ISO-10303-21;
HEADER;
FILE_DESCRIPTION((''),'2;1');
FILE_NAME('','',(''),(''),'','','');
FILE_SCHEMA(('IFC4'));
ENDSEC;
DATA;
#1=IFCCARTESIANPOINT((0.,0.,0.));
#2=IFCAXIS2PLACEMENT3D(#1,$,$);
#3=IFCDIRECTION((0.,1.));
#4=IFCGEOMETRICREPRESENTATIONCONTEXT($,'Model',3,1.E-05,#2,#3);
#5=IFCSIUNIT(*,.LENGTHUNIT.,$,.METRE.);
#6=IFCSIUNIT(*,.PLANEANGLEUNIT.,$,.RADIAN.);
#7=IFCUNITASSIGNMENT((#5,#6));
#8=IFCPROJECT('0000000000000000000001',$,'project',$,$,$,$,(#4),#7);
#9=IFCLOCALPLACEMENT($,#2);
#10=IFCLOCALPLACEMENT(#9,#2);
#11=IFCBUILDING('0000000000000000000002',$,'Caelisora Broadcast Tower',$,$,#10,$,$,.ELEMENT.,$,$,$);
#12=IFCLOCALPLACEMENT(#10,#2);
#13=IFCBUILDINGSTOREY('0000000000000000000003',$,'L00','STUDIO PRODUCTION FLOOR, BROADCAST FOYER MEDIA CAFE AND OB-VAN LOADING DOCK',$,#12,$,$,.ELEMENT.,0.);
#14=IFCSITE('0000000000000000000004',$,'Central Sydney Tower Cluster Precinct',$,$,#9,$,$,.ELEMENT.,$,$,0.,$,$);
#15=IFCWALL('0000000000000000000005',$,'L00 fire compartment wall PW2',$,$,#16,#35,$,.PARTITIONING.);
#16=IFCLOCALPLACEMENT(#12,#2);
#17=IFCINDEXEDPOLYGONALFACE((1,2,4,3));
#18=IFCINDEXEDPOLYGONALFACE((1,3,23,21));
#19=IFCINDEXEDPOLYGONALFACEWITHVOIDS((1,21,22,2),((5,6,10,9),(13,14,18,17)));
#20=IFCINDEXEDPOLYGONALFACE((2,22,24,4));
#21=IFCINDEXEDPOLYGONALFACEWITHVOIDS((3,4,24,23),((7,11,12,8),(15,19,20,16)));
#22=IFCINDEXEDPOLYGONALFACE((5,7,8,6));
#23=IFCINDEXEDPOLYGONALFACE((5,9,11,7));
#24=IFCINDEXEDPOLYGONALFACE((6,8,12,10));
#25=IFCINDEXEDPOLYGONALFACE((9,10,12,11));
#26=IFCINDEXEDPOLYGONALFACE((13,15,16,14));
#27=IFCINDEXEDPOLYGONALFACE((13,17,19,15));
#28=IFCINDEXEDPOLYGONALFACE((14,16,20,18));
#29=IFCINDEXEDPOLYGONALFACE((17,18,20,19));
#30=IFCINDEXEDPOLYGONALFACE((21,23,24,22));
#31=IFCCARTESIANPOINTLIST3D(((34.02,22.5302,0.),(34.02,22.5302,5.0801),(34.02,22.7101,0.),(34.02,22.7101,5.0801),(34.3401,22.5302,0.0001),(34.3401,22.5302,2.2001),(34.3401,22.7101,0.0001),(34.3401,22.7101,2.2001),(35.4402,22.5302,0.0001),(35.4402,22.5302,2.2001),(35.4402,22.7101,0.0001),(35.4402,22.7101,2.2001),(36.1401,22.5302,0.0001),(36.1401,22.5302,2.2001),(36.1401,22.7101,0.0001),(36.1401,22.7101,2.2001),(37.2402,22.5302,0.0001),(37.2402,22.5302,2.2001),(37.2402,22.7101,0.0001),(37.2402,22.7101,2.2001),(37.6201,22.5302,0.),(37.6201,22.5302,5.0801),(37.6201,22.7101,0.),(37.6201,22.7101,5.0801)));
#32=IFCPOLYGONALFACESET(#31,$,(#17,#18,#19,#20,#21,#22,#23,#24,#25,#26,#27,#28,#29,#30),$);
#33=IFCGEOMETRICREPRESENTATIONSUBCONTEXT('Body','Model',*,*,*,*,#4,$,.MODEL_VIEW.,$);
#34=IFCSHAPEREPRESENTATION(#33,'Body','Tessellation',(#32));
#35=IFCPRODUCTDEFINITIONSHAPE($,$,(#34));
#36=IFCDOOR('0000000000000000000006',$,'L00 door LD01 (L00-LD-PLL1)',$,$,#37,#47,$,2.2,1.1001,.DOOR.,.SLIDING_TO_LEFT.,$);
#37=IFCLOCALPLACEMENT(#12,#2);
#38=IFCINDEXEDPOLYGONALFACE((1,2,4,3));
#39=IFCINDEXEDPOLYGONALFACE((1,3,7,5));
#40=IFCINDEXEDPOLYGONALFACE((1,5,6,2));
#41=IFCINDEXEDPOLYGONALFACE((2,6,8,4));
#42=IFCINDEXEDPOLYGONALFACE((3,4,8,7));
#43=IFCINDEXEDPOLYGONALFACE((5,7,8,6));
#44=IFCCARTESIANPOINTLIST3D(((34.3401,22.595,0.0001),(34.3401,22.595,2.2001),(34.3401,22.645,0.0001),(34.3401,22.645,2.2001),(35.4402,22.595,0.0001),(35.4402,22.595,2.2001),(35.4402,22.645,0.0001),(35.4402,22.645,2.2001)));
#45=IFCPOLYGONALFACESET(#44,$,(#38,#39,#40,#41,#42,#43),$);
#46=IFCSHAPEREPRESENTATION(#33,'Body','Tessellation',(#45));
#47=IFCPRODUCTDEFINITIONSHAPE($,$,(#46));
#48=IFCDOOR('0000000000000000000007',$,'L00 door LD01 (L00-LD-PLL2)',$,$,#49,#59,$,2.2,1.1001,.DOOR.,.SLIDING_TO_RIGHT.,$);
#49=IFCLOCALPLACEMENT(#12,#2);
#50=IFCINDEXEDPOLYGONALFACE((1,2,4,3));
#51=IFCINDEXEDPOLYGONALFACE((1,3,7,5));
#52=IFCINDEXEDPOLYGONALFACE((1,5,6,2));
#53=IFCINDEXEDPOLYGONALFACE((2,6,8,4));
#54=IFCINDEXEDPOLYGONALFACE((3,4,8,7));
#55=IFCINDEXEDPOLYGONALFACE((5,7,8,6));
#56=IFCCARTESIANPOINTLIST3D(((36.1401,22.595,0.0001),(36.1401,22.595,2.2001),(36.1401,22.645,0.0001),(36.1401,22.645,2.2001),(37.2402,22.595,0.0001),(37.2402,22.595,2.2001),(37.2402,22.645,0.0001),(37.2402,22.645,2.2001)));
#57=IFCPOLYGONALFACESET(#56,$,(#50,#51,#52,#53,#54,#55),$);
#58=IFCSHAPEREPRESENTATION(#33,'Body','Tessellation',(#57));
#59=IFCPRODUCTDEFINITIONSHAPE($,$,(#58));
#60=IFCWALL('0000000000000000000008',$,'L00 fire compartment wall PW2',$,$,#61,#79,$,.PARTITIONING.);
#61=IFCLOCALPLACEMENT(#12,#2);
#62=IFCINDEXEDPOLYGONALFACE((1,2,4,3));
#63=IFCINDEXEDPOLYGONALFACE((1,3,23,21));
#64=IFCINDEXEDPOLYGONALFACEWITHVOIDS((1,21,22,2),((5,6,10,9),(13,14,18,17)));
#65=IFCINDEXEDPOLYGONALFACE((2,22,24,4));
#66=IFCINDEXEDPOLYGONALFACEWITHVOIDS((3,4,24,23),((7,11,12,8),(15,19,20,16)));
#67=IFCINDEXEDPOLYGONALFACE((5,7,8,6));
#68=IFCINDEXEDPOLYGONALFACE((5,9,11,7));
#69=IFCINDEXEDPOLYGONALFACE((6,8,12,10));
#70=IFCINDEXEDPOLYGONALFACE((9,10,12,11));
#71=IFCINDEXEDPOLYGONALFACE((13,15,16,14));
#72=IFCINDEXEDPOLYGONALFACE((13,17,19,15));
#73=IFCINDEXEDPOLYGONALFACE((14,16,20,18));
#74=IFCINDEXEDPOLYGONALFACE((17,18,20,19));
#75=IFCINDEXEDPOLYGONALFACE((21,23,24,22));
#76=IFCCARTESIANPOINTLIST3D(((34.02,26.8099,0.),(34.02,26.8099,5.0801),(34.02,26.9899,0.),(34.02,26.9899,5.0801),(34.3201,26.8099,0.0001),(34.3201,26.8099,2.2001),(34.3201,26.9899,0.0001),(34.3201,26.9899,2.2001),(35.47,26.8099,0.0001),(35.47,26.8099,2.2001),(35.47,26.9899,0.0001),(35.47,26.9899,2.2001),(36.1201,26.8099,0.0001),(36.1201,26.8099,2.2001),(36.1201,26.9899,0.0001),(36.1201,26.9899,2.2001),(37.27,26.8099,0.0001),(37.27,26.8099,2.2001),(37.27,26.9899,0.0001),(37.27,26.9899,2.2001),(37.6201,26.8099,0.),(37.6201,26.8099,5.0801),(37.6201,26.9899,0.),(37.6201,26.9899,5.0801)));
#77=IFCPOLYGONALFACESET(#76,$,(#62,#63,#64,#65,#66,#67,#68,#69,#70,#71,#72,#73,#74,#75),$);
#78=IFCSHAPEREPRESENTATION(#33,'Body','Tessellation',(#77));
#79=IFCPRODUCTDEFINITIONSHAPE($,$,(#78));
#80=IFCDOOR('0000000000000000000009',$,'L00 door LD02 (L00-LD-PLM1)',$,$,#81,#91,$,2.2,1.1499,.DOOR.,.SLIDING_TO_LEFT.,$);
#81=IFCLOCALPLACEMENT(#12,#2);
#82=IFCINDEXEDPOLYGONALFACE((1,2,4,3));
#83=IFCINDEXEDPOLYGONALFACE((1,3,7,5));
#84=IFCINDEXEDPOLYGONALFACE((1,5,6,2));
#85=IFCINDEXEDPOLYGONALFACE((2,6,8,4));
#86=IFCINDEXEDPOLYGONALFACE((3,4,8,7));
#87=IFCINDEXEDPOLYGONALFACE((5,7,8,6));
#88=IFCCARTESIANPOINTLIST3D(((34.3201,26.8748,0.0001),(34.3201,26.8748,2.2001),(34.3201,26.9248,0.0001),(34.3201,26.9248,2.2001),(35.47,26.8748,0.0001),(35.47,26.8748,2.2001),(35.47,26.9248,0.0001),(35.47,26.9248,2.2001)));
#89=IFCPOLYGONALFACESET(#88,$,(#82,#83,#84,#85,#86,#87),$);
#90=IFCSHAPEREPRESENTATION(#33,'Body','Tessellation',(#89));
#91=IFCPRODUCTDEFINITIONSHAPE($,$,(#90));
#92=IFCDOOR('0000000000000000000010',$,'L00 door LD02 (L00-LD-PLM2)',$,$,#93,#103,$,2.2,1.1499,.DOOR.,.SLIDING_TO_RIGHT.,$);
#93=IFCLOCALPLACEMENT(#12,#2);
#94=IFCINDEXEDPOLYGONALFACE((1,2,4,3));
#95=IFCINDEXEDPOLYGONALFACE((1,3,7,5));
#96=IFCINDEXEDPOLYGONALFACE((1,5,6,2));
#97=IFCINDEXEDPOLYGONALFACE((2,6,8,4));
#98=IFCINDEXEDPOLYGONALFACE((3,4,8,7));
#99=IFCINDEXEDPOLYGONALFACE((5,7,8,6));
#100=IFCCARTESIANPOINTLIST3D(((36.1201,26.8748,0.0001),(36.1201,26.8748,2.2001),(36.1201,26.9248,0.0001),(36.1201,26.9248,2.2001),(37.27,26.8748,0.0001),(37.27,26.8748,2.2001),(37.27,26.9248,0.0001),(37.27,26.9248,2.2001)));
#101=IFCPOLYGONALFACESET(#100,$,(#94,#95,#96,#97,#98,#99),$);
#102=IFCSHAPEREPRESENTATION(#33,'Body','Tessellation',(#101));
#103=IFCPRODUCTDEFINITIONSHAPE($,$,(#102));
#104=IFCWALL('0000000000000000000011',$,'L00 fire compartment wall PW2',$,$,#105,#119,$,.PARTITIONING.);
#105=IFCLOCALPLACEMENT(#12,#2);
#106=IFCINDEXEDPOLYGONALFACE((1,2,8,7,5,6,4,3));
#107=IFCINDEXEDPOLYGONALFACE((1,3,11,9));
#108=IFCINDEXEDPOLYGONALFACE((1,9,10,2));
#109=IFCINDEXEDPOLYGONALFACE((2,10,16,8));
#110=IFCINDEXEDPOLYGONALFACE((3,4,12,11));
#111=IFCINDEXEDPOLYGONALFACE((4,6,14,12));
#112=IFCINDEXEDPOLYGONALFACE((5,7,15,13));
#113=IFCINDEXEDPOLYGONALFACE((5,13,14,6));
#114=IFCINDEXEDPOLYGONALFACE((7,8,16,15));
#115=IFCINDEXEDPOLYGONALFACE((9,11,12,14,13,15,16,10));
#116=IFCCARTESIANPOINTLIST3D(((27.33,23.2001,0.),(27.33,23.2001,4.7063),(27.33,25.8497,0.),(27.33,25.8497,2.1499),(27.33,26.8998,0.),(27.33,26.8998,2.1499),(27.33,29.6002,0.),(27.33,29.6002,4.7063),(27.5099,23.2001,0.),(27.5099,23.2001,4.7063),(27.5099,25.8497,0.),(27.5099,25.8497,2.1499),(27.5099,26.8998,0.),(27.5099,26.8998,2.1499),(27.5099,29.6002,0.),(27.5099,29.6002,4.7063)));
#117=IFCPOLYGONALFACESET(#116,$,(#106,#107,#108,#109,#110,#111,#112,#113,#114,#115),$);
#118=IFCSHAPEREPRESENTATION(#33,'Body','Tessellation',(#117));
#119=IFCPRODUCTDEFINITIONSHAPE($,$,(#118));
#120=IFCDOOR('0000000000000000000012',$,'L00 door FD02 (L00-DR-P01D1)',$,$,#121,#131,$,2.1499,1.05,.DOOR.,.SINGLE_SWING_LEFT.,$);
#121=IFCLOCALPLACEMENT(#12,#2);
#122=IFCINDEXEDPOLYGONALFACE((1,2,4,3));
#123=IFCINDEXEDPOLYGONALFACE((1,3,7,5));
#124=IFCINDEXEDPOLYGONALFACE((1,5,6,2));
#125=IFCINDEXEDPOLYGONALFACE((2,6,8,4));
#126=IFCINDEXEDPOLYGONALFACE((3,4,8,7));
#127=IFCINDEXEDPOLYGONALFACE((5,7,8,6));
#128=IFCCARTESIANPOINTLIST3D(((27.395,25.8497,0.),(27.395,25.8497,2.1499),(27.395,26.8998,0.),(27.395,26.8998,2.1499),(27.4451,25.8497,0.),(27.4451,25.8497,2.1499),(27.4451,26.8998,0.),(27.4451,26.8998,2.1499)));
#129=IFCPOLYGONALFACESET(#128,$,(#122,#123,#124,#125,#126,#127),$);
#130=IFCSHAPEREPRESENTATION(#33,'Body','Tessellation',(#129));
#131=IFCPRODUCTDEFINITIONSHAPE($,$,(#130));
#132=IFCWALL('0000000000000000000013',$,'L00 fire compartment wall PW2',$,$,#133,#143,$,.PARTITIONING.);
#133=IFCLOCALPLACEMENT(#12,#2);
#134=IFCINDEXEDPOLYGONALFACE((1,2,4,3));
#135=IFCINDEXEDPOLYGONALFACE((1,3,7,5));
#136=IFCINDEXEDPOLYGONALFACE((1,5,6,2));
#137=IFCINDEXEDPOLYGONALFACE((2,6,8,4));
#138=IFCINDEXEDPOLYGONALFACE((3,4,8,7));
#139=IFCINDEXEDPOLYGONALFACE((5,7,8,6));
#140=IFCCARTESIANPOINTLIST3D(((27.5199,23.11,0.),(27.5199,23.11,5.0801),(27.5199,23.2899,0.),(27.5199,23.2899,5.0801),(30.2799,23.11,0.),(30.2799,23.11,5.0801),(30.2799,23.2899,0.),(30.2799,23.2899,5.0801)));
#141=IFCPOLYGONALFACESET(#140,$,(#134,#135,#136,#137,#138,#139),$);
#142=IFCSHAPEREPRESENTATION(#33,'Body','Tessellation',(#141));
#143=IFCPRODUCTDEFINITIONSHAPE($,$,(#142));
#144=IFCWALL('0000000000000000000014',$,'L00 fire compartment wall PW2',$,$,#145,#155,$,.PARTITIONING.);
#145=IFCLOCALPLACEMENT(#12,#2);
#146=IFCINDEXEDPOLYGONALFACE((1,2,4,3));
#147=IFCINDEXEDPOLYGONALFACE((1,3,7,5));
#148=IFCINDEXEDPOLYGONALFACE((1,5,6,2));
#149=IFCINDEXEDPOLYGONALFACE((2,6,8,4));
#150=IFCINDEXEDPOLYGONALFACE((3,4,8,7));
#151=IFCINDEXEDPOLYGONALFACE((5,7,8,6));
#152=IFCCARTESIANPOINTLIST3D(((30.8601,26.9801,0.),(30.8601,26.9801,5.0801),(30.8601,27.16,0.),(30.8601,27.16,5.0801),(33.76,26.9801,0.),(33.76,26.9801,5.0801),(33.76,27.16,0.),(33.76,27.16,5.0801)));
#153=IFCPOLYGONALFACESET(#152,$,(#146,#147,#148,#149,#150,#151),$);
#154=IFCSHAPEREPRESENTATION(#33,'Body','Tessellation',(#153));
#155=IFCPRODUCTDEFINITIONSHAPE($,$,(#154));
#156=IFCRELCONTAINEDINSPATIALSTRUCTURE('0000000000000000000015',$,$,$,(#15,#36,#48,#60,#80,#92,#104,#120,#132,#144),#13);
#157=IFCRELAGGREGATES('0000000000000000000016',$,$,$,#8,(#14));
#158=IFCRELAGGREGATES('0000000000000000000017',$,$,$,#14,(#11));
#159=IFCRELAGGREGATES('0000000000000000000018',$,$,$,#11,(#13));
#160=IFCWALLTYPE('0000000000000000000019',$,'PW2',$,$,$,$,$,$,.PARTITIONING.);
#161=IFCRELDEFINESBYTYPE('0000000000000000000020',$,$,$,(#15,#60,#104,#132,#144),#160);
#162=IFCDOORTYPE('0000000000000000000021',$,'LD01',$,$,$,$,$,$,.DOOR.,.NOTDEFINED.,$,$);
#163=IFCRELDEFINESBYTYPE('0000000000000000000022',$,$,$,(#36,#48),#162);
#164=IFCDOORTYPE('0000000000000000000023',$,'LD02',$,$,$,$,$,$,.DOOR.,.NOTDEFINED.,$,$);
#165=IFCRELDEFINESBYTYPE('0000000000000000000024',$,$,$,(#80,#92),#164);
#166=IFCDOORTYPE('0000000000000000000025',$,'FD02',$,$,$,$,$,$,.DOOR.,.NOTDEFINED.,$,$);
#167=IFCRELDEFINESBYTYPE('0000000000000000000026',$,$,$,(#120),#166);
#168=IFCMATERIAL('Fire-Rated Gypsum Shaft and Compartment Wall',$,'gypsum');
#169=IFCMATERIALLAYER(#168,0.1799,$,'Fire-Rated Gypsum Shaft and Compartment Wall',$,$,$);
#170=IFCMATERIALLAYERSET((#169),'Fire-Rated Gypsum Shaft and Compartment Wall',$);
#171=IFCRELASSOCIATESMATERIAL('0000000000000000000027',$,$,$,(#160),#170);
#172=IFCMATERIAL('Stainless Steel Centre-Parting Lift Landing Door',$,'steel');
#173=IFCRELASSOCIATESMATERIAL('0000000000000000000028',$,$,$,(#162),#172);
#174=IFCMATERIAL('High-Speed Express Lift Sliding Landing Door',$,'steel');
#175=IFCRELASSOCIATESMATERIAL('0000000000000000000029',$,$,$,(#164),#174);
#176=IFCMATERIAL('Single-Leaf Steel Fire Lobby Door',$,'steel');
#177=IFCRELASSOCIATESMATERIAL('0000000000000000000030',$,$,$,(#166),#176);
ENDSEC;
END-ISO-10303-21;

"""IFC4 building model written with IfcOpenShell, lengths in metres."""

from ifc_helpers import new_model, si_unit, direction, frame, frame_2d, origin, place, context, subcontext, project, spatial, rectangle, extrude, material, layer, layer_set, type_object, element, fill, save


model = new_model("IFC4")

# Units and contexts
model_context = context("Model", 3, precision=1e-05, world=origin(), true_north=direction((0.0, 1.0)))
body_context = subcontext(model_context, "Body", "Model", "MODEL_VIEW")
ifc_project = project(units=[si_unit("LENGTHUNIT", "METRE"), si_unit("PLANEANGLEUNIT", "RADIAN")], contexts=[model_context])

# Site, building, storey
site_placement = place(None, origin())
site = spatial("IfcSite", under=ifc_project, at=site_placement, Name="Central Sydney Tower Cluster Precinct", CompositionType="ELEMENT", RefElevation=0.0)
building_placement = place(site_placement, origin())
building = spatial("IfcBuilding", under=site, at=building_placement, Name="Caelisora Broadcast Tower", CompositionType="ELEMENT")
storey_placement = place(building_placement, origin())
storey = spatial("IfcBuildingStorey", under=building, at=storey_placement, Name="L00", Description="STUDIO PRODUCTION FLOOR, BROADCAST FOYER MEDIA CAFE AND OB-VAN LOADING DOCK", CompositionType="ELEMENT", Elevation=0.0)

# Walls, openings, doors
ifc_material_1 = material(Name="Fire-Rated Gypsum Shaft and Compartment Wall", Category="gypsum")
ifc_layer_1 = layer(ifc_material_1, 0.1799, Name="Fire-Rated Gypsum Shaft and Compartment Wall")
ifc_layer_set_1 = layer_set([ifc_layer_1], Name="Fire-Rated Gypsum Shaft and Compartment Wall")
wall_type_1 = type_object("IfcWallType", Name="PW2", PredefinedType="PARTITIONING", material=ifc_layer_set_1)
wall_1_placement = place(storey_placement, frame((34.02, 22.6201, 0.0), z_axis=(0.0, 0.0, 1.0), x_axis=(1.0, 0.0, 0.0)))
wall_1 = element("IfcWall", 1, at=wall_1_placement, inside=storey, type_object=wall_type_1, Name="L00 fire compartment wall PW2", PredefinedType="PARTITIONING", context=body_context, shape_type="SweptSolid", body=[
    extrude(rectangle(XDim=3.6001, YDim=0.1799, at=frame_2d((1.8, 0.0))), origin(), (0.0, 0.0, 1.0), 5.0801),
])
opening_1_placement = place(wall_1_placement, frame((0.3201, 0.0, 0.0)))
opening_1 = element("IfcOpeningElement", 2, at=opening_1_placement, cuts=wall_1, PredefinedType="OPENING", context=body_context, shape_type="SweptSolid", body=[
    extrude(rectangle(XDim=1.1001, YDim=2.2, at=frame_2d((0.55, 1.1001))), frame((0.0, 0.1021, 0.0), z_axis=(0.0, -1.0, 0.0), x_axis=(1.0, 0.0, 0.0)), (0.0, 0.0, 1.0), 0.2039),
])
opening_2_placement = place(wall_1_placement, frame((2.1201, 0.0, 0.0)))
opening_2 = element("IfcOpeningElement", 3, at=opening_2_placement, cuts=wall_1, PredefinedType="OPENING", context=body_context, shape_type="SweptSolid", body=[
    extrude(rectangle(XDim=1.1001, YDim=2.2, at=frame_2d((0.55, 1.1001))), frame((0.0, 0.1021, 0.0), z_axis=(0.0, -1.0, 0.0), x_axis=(1.0, 0.0, 0.0)), (0.0, 0.0, 1.0), 0.2039),
])
ifc_material_2 = material(Name="Stainless Steel Centre-Parting Lift Landing Door", Category="steel")
door_type_1 = type_object("IfcDoorType", Name="LD01", OperationType="NOTDEFINED", PredefinedType="DOOR", material=ifc_material_2)
door_1_placement = place(opening_1_placement, origin())
door_1 = element("IfcDoor", 4, at=door_1_placement, inside=storey, type_object=door_type_1, Name="L00 door LD01 (L00-LD-PLL1)", OperationType="SLIDING_TO_LEFT", OverallHeight=2.2, OverallWidth=1.1001, PredefinedType="DOOR", context=body_context, shape_type="SweptSolid", body=[
    extrude(rectangle(XDim=1.1001, YDim=2.2, at=frame_2d((0.55, 1.1001))), frame((0.0, 0.0249, 0.0), z_axis=(0.0, -1.0, 0.0), x_axis=(1.0, 0.0, 0.0)), (0.0, 0.0, 1.0), 0.05),
])
fill(opening_1, door_1)
door_2_placement = place(opening_2_placement, origin())
door_2 = element("IfcDoor", 5, at=door_2_placement, inside=storey, type_object=door_type_1, Name="L00 door LD01 (L00-LD-PLL2)", OperationType="SLIDING_TO_RIGHT", OverallHeight=2.2, OverallWidth=1.1001, PredefinedType="DOOR", context=body_context, shape_type="SweptSolid", body=[
    extrude(rectangle(XDim=1.1001, YDim=2.2, at=frame_2d((0.55, 1.1001))), frame((0.0, 0.0249, 0.0), z_axis=(0.0, -1.0, 0.0), x_axis=(1.0, 0.0, 0.0)), (0.0, 0.0, 1.0), 0.05),
])
fill(opening_2, door_2)
wall_2_placement = place(storey_placement, frame((34.02, 26.8999, 0.0), z_axis=(0.0, 0.0, 1.0), x_axis=(1.0, 0.0, 0.0)))
wall_2 = element("IfcWall", 6, at=wall_2_placement, inside=storey, type_object=wall_type_1, Name="L00 fire compartment wall PW2", PredefinedType="PARTITIONING", context=body_context, shape_type="SweptSolid", body=[
    extrude(rectangle(XDim=3.6001, YDim=0.1799, at=frame_2d((1.8, 0.0))), origin(), (0.0, 0.0, 1.0), 5.0801),
])
opening_3_placement = place(wall_2_placement, frame((0.3, 0.0, 0.0)))
opening_3 = element("IfcOpeningElement", 7, at=opening_3_placement, cuts=wall_2, PredefinedType="OPENING", context=body_context, shape_type="SweptSolid", body=[
    extrude(rectangle(XDim=1.1499, YDim=2.2, at=frame_2d((0.575, 1.1001))), frame((0.0, 0.1021, 0.0), z_axis=(0.0, -1.0, 0.0), x_axis=(1.0, 0.0, 0.0)), (0.0, 0.0, 1.0), 0.2039),
])
opening_4_placement = place(wall_2_placement, frame((2.1001, 0.0, 0.0)))
opening_4 = element("IfcOpeningElement", 8, at=opening_4_placement, cuts=wall_2, PredefinedType="OPENING", context=body_context, shape_type="SweptSolid", body=[
    extrude(rectangle(XDim=1.1499, YDim=2.2, at=frame_2d((0.575, 1.1001))), frame((0.0, 0.1021, 0.0), z_axis=(0.0, -1.0, 0.0), x_axis=(1.0, 0.0, 0.0)), (0.0, 0.0, 1.0), 0.2039),
])
ifc_material_3 = material(Name="High-Speed Express Lift Sliding Landing Door", Category="steel")
door_type_2 = type_object("IfcDoorType", Name="LD02", OperationType="NOTDEFINED", PredefinedType="DOOR", material=ifc_material_3)
door_3_placement = place(opening_3_placement, origin())
door_3 = element("IfcDoor", 9, at=door_3_placement, inside=storey, type_object=door_type_2, Name="L00 door LD02 (L00-LD-PLM1)", OperationType="SLIDING_TO_LEFT", OverallHeight=2.2, OverallWidth=1.1499, PredefinedType="DOOR", context=body_context, shape_type="SweptSolid", body=[
    extrude(rectangle(XDim=1.1499, YDim=2.2, at=frame_2d((0.575, 1.1001))), frame((0.0, 0.0249, 0.0), z_axis=(0.0, -1.0, 0.0), x_axis=(1.0, 0.0, 0.0)), (0.0, 0.0, 1.0), 0.05),
])
fill(opening_3, door_3)
door_4_placement = place(opening_4_placement, origin())
door_4 = element("IfcDoor", 10, at=door_4_placement, inside=storey, type_object=door_type_2, Name="L00 door LD02 (L00-LD-PLM2)", OperationType="SLIDING_TO_RIGHT", OverallHeight=2.2, OverallWidth=1.1499, PredefinedType="DOOR", context=body_context, shape_type="SweptSolid", body=[
    extrude(rectangle(XDim=1.1499, YDim=2.2, at=frame_2d((0.575, 1.1001))), frame((0.0, 0.0249, 0.0), z_axis=(0.0, -1.0, 0.0), x_axis=(1.0, 0.0, 0.0)), (0.0, 0.0, 1.0), 0.05),
])
fill(opening_4, door_4)

# Wall, opening, door
wall_3_placement = place(storey_placement, frame((27.4199, 23.2, 0.0), z_axis=(0.0, 0.0, 1.0), x_axis=(0.0, 1.0, 0.0)))
wall_3 = element("IfcWall", 11, at=wall_3_placement, inside=storey, type_object=wall_type_1, Name="L00 fire compartment wall PW2", PredefinedType="PARTITIONING", context=body_context, shape_type="SweptSolid", body=[
    extrude(rectangle(XDim=6.4001, YDim=0.1799, at=frame_2d((3.2002, 0.0))), origin(), (0.0, 0.0, 1.0), 4.7063),
])
opening_5_placement = place(wall_3_placement, frame((2.6499, 0.0, 0.0)))
opening_5 = element("IfcOpeningElement", 12, at=opening_5_placement, cuts=wall_3, PredefinedType="OPENING", context=body_context, shape_type="SweptSolid", body=[
    extrude(rectangle(XDim=1.05, YDim=2.1499, at=frame_2d((0.5249, 1.075))), frame((0.0, 0.1021, 0.0), z_axis=(0.0, -1.0, 0.0), x_axis=(1.0, 0.0, 0.0)), (0.0, 0.0, 1.0), 0.2039),
])
ifc_material_4 = material(Name="Single-Leaf Steel Fire Lobby Door", Category="steel")
door_type_3 = type_object("IfcDoorType", Name="FD02", OperationType="NOTDEFINED", PredefinedType="DOOR", material=ifc_material_4)
door_5_placement = place(opening_5_placement, origin())
door_5 = element("IfcDoor", 13, at=door_5_placement, inside=storey, type_object=door_type_3, Name="L00 door FD02 (L00-DR-P01D1)", OperationType="SINGLE_SWING_LEFT", OverallHeight=2.1499, OverallWidth=1.05, PredefinedType="DOOR", context=body_context, shape_type="SweptSolid", body=[
    extrude(rectangle(XDim=1.05, YDim=2.1499, at=frame_2d((0.5249, 1.075))), frame((0.0, 0.0249, 0.0), z_axis=(0.0, -1.0, 0.0), x_axis=(1.0, 0.0, 0.0)), (0.0, 0.0, 1.0), 0.05),
])
fill(opening_5, door_5)

# Walls
wall_4_placement = place(storey_placement, frame((27.52, 23.2, 0.0), z_axis=(0.0, 0.0, 1.0), x_axis=(1.0, 0.0, 0.0)))
element("IfcWall", 14, at=wall_4_placement, inside=storey, type_object=wall_type_1, Name="L00 fire compartment wall PW2", PredefinedType="PARTITIONING", context=body_context, shape_type="SweptSolid", body=[
    extrude(rectangle(XDim=2.76, YDim=0.1799, at=frame_2d((1.3799, 0.0))), origin(), (0.0, 0.0, 1.0), 5.0801),
])
wall_5_placement = place(storey_placement, frame((30.8601, 27.0701, 0.0), z_axis=(0.0, 0.0, 1.0), x_axis=(1.0, 0.0, 0.0)))
element("IfcWall", 15, at=wall_5_placement, inside=storey, type_object=wall_type_1, Name="L00 fire compartment wall PW2", PredefinedType="PARTITIONING", context=body_context, shape_type="SweptSolid", body=[
    extrude(rectangle(XDim=2.8999, YDim=0.1799, at=frame_2d((1.45, 0.0))), origin(), (0.0, 0.0, 1.0), 5.0801),
])

save(model, "model.ifc")
